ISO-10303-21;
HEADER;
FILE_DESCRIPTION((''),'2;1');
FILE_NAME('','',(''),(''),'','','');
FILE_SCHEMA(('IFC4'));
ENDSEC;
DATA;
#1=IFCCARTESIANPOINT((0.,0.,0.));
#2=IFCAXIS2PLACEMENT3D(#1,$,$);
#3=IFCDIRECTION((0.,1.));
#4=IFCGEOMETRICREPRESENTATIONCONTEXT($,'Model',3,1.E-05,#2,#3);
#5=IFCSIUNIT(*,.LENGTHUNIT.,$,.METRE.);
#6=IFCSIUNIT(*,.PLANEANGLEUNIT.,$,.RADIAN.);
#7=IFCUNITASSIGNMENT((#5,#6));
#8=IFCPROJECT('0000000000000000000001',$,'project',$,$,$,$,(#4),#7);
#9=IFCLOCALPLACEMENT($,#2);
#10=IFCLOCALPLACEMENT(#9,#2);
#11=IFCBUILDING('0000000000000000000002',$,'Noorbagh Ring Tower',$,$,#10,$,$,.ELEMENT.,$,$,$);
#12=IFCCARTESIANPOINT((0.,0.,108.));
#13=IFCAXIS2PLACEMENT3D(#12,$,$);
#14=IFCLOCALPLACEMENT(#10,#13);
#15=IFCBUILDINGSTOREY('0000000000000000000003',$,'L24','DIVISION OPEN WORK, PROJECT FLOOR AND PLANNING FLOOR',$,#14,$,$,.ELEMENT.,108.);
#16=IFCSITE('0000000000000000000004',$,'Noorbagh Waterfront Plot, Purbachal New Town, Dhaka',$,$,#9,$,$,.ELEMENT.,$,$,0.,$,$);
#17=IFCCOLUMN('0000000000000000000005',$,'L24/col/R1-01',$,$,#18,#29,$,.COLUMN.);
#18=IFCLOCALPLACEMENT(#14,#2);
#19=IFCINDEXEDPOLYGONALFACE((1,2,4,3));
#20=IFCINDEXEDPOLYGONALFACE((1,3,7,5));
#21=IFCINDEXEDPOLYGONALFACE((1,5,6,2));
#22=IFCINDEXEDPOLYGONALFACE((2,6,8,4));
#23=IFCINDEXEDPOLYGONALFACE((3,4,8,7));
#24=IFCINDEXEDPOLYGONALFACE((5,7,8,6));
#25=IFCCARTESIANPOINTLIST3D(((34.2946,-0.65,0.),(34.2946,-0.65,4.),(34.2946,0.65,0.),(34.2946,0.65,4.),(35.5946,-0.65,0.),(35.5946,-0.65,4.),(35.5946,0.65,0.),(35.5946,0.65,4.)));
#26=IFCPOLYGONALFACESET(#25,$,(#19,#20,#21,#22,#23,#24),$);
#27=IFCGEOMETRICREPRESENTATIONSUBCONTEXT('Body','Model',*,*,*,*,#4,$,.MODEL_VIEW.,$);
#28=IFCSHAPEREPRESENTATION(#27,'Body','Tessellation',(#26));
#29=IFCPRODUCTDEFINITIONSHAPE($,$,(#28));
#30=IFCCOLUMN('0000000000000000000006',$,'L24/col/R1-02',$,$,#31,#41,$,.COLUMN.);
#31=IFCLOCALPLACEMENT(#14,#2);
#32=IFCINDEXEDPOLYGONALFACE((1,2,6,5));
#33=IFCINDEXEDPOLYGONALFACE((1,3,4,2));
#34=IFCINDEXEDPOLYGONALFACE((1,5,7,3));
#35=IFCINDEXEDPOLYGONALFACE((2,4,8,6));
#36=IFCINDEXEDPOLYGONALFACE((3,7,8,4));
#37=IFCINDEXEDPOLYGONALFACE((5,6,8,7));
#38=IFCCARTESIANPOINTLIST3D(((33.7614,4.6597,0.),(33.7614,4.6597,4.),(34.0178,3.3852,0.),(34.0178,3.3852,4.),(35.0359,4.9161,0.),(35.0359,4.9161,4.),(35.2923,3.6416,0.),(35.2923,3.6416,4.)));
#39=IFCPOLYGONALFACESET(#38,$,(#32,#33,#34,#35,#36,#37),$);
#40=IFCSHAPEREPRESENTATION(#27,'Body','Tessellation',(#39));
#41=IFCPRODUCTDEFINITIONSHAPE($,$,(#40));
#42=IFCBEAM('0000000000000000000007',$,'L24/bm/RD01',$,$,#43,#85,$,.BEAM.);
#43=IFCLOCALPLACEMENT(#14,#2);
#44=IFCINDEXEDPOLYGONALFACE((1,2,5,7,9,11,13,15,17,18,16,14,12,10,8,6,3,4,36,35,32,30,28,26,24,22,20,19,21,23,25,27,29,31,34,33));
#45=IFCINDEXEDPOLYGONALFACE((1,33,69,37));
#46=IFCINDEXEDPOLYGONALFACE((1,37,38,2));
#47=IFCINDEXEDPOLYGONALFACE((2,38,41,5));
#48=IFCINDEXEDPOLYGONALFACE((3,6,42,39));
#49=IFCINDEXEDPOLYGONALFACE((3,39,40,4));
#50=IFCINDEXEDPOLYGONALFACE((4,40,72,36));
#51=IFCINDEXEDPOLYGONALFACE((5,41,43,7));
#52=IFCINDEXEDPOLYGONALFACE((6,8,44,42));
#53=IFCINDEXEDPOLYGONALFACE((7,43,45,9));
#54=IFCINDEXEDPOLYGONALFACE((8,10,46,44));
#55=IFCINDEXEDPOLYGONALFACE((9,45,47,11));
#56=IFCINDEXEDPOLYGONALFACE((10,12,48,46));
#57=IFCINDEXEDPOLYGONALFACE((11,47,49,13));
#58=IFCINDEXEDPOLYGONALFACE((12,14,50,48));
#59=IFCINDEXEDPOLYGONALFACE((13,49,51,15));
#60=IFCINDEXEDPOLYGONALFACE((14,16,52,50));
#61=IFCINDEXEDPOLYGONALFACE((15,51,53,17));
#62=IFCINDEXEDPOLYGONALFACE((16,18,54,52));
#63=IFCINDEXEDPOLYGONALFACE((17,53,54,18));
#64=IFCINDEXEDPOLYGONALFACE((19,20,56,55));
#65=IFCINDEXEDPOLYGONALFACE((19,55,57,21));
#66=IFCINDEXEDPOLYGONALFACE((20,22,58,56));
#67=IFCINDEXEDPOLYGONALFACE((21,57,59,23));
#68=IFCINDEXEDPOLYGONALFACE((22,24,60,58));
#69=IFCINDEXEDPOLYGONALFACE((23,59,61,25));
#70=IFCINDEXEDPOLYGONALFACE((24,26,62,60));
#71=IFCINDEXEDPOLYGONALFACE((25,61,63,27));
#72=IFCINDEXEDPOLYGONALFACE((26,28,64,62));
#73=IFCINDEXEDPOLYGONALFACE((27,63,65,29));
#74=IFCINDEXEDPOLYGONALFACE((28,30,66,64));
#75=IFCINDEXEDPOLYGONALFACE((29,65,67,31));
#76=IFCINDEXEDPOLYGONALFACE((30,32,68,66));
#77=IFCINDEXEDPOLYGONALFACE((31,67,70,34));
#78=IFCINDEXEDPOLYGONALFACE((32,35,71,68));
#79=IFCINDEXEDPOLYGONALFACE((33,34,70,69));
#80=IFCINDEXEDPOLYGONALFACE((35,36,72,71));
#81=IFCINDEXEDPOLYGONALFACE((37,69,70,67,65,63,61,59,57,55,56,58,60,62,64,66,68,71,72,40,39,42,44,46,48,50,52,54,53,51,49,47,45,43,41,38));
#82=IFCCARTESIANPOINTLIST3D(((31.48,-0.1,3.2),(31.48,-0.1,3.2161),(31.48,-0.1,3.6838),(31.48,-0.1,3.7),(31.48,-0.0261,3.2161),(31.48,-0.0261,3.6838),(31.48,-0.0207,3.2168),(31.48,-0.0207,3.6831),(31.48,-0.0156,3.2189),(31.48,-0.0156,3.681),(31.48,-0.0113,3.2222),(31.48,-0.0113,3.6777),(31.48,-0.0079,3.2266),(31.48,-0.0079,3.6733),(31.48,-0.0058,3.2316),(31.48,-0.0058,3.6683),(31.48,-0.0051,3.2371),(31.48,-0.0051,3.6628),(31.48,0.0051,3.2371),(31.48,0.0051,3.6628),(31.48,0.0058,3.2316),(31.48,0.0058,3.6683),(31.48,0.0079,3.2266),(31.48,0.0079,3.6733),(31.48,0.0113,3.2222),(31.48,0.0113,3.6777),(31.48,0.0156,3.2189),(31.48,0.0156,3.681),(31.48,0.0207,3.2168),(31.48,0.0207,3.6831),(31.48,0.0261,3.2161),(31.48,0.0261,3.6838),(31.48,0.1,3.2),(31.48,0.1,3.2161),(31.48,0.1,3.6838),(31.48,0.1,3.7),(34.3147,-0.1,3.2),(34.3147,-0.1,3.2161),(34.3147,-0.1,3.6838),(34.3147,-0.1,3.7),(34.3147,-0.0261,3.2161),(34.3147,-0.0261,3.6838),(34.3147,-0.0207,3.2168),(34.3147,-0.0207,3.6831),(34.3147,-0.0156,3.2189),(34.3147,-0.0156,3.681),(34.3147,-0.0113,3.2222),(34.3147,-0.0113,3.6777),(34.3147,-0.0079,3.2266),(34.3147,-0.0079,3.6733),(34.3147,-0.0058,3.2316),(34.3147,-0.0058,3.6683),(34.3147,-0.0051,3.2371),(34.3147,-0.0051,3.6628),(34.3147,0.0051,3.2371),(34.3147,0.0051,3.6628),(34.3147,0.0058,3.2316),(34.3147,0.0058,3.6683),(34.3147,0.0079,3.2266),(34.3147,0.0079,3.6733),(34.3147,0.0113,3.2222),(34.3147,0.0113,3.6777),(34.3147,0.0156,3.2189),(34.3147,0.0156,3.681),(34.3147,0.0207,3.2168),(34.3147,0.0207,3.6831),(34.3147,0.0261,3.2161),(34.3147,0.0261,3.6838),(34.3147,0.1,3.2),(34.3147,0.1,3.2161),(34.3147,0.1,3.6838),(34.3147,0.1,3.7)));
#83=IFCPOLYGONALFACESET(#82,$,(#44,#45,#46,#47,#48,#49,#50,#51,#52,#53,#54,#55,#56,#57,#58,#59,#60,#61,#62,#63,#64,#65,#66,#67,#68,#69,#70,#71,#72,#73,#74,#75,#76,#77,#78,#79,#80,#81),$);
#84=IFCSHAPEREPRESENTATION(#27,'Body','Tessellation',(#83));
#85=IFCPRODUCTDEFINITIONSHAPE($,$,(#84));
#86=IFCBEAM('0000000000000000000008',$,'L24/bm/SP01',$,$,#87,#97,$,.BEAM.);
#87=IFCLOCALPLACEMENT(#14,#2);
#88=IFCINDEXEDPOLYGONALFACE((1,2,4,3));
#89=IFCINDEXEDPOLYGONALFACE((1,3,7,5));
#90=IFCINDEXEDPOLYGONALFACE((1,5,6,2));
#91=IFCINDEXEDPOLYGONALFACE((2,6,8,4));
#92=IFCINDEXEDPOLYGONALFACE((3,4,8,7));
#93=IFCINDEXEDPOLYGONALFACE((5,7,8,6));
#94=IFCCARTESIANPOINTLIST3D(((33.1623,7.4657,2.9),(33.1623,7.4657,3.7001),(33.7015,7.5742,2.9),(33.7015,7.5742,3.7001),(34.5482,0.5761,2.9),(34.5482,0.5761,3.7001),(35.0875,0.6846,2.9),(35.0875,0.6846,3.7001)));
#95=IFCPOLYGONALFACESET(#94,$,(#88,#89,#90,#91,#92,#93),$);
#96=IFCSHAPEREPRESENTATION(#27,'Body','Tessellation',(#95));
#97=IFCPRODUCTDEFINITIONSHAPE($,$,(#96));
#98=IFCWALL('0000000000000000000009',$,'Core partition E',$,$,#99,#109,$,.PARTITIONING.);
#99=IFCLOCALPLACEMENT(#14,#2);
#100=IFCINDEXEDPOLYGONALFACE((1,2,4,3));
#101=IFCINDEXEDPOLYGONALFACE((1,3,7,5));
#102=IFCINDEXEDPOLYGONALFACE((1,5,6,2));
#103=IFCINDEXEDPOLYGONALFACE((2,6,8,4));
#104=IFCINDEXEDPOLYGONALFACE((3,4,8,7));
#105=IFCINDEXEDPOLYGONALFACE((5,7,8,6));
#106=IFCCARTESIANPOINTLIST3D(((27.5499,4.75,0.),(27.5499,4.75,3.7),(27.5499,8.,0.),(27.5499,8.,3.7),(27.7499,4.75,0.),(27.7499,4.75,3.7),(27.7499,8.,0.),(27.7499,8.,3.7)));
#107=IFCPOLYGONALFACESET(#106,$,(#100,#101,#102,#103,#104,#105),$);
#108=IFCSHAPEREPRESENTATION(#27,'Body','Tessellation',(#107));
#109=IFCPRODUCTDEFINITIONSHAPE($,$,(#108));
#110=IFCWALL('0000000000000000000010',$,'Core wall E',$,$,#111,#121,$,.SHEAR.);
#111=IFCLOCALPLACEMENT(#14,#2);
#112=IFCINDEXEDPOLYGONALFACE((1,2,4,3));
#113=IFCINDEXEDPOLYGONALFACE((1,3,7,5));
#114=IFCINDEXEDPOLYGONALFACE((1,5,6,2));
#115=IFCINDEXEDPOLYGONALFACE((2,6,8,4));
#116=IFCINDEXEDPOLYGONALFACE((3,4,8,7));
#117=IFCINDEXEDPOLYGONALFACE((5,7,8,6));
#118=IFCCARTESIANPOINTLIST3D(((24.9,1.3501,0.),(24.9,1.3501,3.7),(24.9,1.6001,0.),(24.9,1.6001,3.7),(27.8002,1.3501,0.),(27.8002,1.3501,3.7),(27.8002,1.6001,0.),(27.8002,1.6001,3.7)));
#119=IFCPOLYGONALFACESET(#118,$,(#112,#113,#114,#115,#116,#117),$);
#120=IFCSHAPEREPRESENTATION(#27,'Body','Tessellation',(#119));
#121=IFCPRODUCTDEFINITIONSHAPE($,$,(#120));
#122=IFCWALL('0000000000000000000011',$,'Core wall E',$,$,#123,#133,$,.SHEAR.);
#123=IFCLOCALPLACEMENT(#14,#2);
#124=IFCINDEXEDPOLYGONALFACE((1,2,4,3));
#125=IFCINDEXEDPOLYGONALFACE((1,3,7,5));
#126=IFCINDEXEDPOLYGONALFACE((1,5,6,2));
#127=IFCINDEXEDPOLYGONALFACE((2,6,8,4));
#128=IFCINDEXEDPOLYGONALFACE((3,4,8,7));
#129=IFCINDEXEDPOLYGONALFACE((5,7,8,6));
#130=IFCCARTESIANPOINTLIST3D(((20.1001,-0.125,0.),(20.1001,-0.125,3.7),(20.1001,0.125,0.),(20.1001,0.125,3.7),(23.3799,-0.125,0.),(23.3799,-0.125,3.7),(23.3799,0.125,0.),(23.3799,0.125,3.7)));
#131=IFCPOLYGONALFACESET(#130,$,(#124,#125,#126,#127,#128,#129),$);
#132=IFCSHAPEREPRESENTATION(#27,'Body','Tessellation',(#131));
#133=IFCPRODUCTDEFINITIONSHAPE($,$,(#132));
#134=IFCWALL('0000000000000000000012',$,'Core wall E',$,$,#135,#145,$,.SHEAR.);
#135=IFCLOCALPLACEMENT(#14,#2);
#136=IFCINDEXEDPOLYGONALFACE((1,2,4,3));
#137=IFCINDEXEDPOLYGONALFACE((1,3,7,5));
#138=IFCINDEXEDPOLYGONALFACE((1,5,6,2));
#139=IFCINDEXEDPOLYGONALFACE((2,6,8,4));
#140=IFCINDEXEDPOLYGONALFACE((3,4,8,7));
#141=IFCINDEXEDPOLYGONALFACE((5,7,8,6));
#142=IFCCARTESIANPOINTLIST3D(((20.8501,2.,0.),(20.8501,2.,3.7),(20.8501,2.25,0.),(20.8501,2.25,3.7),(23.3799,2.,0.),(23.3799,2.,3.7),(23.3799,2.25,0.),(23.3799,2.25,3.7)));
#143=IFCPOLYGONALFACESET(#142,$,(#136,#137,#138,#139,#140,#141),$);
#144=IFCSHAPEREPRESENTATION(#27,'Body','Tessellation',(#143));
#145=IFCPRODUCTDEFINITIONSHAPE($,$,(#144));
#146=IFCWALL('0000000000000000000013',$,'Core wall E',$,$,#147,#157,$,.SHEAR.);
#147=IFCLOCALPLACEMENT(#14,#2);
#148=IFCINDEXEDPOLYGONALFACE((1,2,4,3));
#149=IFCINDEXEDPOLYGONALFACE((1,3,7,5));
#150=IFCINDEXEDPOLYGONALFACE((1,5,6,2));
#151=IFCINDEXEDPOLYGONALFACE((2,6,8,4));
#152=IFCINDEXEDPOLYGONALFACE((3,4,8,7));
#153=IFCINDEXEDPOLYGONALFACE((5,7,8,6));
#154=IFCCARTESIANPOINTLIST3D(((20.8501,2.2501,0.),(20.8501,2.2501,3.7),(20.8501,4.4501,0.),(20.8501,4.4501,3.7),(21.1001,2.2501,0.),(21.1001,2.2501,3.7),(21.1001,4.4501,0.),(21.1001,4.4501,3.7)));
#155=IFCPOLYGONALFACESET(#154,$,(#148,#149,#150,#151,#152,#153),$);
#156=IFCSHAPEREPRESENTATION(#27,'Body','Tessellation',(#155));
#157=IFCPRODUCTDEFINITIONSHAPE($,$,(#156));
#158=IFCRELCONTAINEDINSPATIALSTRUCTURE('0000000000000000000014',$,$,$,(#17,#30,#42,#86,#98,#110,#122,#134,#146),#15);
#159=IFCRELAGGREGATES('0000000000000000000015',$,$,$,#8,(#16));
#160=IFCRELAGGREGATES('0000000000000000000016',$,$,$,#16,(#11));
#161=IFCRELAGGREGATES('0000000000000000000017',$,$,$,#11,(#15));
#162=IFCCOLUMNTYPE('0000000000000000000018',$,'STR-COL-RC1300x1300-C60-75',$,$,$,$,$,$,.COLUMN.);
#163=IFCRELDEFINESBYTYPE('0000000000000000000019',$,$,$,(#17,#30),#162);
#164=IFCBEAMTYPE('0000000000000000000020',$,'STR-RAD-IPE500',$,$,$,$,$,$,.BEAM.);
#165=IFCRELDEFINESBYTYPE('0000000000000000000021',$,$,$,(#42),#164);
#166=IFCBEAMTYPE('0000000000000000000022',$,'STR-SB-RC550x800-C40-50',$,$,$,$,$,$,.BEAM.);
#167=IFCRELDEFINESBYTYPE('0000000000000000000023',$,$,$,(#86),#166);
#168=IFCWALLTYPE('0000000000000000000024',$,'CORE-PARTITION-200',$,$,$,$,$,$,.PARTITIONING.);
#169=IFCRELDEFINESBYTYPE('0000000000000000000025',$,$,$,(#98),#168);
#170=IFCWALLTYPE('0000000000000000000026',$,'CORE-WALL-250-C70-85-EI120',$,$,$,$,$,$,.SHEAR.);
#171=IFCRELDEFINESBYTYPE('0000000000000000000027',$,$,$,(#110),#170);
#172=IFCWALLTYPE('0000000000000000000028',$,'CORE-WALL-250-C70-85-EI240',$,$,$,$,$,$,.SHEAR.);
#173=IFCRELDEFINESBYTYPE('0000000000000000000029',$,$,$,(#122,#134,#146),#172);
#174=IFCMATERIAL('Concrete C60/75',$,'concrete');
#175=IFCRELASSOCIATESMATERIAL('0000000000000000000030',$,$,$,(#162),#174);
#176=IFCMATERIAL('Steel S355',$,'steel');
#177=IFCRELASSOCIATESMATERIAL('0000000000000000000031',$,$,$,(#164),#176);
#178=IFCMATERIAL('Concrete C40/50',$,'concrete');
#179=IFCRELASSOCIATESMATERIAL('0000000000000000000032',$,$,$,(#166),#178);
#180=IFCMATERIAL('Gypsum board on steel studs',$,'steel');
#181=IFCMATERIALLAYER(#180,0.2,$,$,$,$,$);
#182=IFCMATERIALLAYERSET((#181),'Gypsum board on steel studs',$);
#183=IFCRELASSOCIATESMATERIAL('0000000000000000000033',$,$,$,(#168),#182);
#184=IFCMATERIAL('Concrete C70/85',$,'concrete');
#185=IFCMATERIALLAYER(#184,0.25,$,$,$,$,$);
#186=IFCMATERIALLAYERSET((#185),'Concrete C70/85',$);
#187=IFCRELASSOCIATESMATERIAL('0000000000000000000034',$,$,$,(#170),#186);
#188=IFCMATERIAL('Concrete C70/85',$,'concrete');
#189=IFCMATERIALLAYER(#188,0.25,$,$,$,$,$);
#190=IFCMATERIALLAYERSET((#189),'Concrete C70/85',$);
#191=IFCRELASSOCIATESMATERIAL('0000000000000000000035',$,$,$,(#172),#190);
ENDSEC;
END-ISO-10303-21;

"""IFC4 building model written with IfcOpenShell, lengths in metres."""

from ifc_helpers import new_model, si_unit, direction, frame, frame_2d, origin, origin_2d, place, context, subcontext, project, spatial, rectangle, i_section, extrude, material, layer, layer_set, material_profile, profile_set, type_object, element, save


model = new_model("IFC4")

# Units and contexts
model_context = context("Model", 3, precision=1e-05, world=origin(), true_north=direction((0.0, 1.0)))
body_context = subcontext(model_context, "Body", "Model", "MODEL_VIEW")
ifc_project = project(units=[si_unit("LENGTHUNIT", "METRE"), si_unit("PLANEANGLEUNIT", "RADIAN")], contexts=[model_context])

# Site, building, storey
site_placement = place(None, origin())
site = spatial("IfcSite", under=ifc_project, at=site_placement, Name="Noorbagh Waterfront Plot, Purbachal New Town, Dhaka", CompositionType="ELEMENT", RefElevation=0.0)
building_placement = place(site_placement, origin())
building = spatial("IfcBuilding", under=site, at=building_placement, Name="Noorbagh Ring Tower", CompositionType="ELEMENT")
storey_placement = place(building_placement, frame((0.0, 0.0, 108.0)))
storey = spatial("IfcBuildingStorey", under=building, at=storey_placement, Name="L24", Description="DIVISION OPEN WORK, PROJECT FLOOR AND PLANNING FLOOR", CompositionType="ELEMENT", Elevation=108.0)

# Columns
ifc_material_1 = material(Name="Concrete C60/75", Category="concrete")
ifc_material_profile_1 = material_profile(ifc_material_1, rectangle(XDim=1.3, YDim=1.3, at=origin_2d()), Name="RC1300x1300")
ifc_profile_set_1 = profile_set([ifc_material_profile_1], Name="Concrete C60/75")
column_type = type_object("IfcColumnType", Name="STR-COL-RC1300x1300-C60-75", PredefinedType="COLUMN", material=ifc_profile_set_1)
for number, where, z_axis, x_axis, name in (
    (1, (34.9446, 0.0, 0.0), (0.0, 0.0, 1.0), (0.0, 1.0, 0.0), "L24/col/R1-01"),
    (2, (34.5269, 4.1506, 0.0), (0.0, 0.0, 1.0), (-0.19723, 0.980357, 0.0), "L24/col/R1-02"),
):
    element("IfcColumn", number, at=place(storey_placement, frame(where, z_axis=z_axis, x_axis=x_axis)), inside=storey, type_object=column_type, Name=name, PredefinedType="COLUMN", context=body_context, shape_type="SweptSolid", body=[
        extrude(rectangle(XDim=1.3, YDim=1.3, at=origin_2d()), origin(), (0.0, 0.0, 1.0), 4.0),
    ])

# Beams
ifc_material_2 = material(Name="Steel S355", Category="steel")
ifc_material_profile_2 = material_profile(ifc_material_2, i_section(OverallWidth=0.2, OverallDepth=0.5, WebThickness=0.0103, FlangeThickness=0.0161, FilletRadius=0.021, at=origin_2d()), Name="IPE500")
ifc_profile_set_2 = profile_set([ifc_material_profile_2], Name="Steel S355")
beam_type_1 = type_object("IfcBeamType", Name="STR-RAD-IPE500", PredefinedType="BEAM", material=ifc_profile_set_2)
beam_1_placement = place(storey_placement, frame((34.3147, 0.0, 3.45), z_axis=(-1.0, 0.0, 0.0), x_axis=(0.0, -1.0, 0.0)))
element("IfcBeam", 3, at=beam_1_placement, inside=storey, type_object=beam_type_1, Name="L24/bm/RD01", PredefinedType="BEAM", context=body_context, shape_type="SweptSolid", body=[
    extrude(i_section(OverallWidth=0.2, OverallDepth=0.5, WebThickness=0.0103, FlangeThickness=0.0161, FilletRadius=0.021, at=origin_2d()), origin(), (0.0, 0.0, 1.0), 2.8347),
])
ifc_material_3 = material(Name="Concrete C40/50", Category="concrete")
ifc_material_profile_3 = material_profile(ifc_material_3, rectangle(XDim=0.55, YDim=0.8, at=origin_2d()), Name="RC550x800")
ifc_profile_set_3 = profile_set([ifc_material_profile_3], Name="Concrete C40/50")
beam_type_2 = type_object("IfcBeamType", Name="STR-SB-RC550x800-C40-50", PredefinedType="BEAM", material=ifc_profile_set_3)
beam_2_placement = place(storey_placement, frame((34.8179, 0.6304, 3.3), z_axis=(-0.197218, 0.98036, 0.0), x_axis=(-0.98036, -0.197218, 0.0)))
element("IfcBeam", 4, at=beam_2_placement, inside=storey, type_object=beam_type_2, Name="L24/bm/SP01", PredefinedType="BEAM", context=body_context, shape_type="SweptSolid", body=[
    extrude(rectangle(XDim=0.55, YDim=0.8, at=origin_2d()), origin(), (0.0, 0.0, 1.0), 7.0276),
])

# Walls
ifc_material_4 = material(Name="Gypsum board on steel studs", Category="steel")
ifc_layer_1 = layer(ifc_material_4, 0.2)
ifc_layer_set_1 = layer_set([ifc_layer_1], Name="Gypsum board on steel studs")
wall_type_1 = type_object("IfcWallType", Name="CORE-PARTITION-200", PredefinedType="PARTITIONING", material=ifc_layer_set_1)
wall_1_placement = place(storey_placement, frame((27.6499, 4.75, 0.0), z_axis=(0.0, 0.0, 1.0), x_axis=(0.0, 1.0, 0.0)))
element("IfcWall", 5, at=wall_1_placement, inside=storey, type_object=wall_type_1, Name="Core partition E", PredefinedType="PARTITIONING", context=body_context, shape_type="SweptSolid", body=[
    extrude(rectangle(XDim=3.25, YDim=0.2, at=frame_2d((1.625, 0.0))), origin(), (0.0, 0.0, 1.0), 3.7),
])
ifc_material_5 = material(Name="Concrete C70/85", Category="concrete")
ifc_layer_2 = layer(ifc_material_5, 0.25)
ifc_layer_set_2 = layer_set([ifc_layer_2], Name="Concrete C70/85")
wall_type_2 = type_object("IfcWallType", Name="CORE-WALL-250-C70-85-EI120", PredefinedType="SHEAR", material=ifc_layer_set_2)
wall_2_placement = place(storey_placement, frame((24.8999, 1.4751, 0.0), z_axis=(0.0, 0.0, 1.0), x_axis=(1.0, 0.0, 0.0)))
element("IfcWall", 6, at=wall_2_placement, inside=storey, type_object=wall_type_2, Name="Core wall E", PredefinedType="SHEAR", context=body_context, shape_type="SweptSolid", body=[
    extrude(rectangle(XDim=2.9001, YDim=0.25, at=frame_2d((1.4502, 0.0))), origin(), (0.0, 0.0, 1.0), 3.7),
])
ifc_material_6 = material(Name="Concrete C70/85", Category="concrete")
ifc_layer_3 = layer(ifc_material_6, 0.25)
ifc_layer_set_3 = layer_set([ifc_layer_3], Name="Concrete C70/85")
wall_type_3 = type_object("IfcWallType", Name="CORE-WALL-250-C70-85-EI240", PredefinedType="SHEAR", material=ifc_layer_set_3)
wall_3_placement = place(storey_placement, frame((20.1001, 0.0, 0.0), z_axis=(0.0, 0.0, 1.0), x_axis=(1.0, 0.0, 0.0)))
element("IfcWall", 7, at=wall_3_placement, inside=storey, type_object=wall_type_3, Name="Core wall E", PredefinedType="SHEAR", context=body_context, shape_type="SweptSolid", body=[
    extrude(rectangle(XDim=3.2798, YDim=0.25, at=frame_2d((1.6399, 0.0))), origin(), (0.0, 0.0, 1.0), 3.7),
])
wall_4_placement = place(storey_placement, frame((20.8501, 2.125, 0.0), z_axis=(0.0, 0.0, 1.0), x_axis=(1.0, 0.0, 0.0)))
element("IfcWall", 8, at=wall_4_placement, inside=storey, type_object=wall_type_3, Name="Core wall E", PredefinedType="SHEAR", context=body_context, shape_type="SweptSolid", body=[
    extrude(rectangle(XDim=2.5298, YDim=0.25, at=frame_2d((1.2649, 0.0))), origin(), (0.0, 0.0, 1.0), 3.7),
])
wall_5_placement = place(storey_placement, frame((20.9751, 2.25, 0.0), z_axis=(0.0, 0.0, 1.0), x_axis=(0.0, 1.0, 0.0)))
element("IfcWall", 9, at=wall_5_placement, inside=storey, type_object=wall_type_3, Name="Core wall E", PredefinedType="SHEAR", context=body_context, shape_type="SweptSolid", body=[
    extrude(rectangle(XDim=2.2, YDim=0.25, at=frame_2d((1.1001, 0.0))), origin(), (0.0, 0.0, 1.0), 3.7),
])

save(model, "model.ifc")
